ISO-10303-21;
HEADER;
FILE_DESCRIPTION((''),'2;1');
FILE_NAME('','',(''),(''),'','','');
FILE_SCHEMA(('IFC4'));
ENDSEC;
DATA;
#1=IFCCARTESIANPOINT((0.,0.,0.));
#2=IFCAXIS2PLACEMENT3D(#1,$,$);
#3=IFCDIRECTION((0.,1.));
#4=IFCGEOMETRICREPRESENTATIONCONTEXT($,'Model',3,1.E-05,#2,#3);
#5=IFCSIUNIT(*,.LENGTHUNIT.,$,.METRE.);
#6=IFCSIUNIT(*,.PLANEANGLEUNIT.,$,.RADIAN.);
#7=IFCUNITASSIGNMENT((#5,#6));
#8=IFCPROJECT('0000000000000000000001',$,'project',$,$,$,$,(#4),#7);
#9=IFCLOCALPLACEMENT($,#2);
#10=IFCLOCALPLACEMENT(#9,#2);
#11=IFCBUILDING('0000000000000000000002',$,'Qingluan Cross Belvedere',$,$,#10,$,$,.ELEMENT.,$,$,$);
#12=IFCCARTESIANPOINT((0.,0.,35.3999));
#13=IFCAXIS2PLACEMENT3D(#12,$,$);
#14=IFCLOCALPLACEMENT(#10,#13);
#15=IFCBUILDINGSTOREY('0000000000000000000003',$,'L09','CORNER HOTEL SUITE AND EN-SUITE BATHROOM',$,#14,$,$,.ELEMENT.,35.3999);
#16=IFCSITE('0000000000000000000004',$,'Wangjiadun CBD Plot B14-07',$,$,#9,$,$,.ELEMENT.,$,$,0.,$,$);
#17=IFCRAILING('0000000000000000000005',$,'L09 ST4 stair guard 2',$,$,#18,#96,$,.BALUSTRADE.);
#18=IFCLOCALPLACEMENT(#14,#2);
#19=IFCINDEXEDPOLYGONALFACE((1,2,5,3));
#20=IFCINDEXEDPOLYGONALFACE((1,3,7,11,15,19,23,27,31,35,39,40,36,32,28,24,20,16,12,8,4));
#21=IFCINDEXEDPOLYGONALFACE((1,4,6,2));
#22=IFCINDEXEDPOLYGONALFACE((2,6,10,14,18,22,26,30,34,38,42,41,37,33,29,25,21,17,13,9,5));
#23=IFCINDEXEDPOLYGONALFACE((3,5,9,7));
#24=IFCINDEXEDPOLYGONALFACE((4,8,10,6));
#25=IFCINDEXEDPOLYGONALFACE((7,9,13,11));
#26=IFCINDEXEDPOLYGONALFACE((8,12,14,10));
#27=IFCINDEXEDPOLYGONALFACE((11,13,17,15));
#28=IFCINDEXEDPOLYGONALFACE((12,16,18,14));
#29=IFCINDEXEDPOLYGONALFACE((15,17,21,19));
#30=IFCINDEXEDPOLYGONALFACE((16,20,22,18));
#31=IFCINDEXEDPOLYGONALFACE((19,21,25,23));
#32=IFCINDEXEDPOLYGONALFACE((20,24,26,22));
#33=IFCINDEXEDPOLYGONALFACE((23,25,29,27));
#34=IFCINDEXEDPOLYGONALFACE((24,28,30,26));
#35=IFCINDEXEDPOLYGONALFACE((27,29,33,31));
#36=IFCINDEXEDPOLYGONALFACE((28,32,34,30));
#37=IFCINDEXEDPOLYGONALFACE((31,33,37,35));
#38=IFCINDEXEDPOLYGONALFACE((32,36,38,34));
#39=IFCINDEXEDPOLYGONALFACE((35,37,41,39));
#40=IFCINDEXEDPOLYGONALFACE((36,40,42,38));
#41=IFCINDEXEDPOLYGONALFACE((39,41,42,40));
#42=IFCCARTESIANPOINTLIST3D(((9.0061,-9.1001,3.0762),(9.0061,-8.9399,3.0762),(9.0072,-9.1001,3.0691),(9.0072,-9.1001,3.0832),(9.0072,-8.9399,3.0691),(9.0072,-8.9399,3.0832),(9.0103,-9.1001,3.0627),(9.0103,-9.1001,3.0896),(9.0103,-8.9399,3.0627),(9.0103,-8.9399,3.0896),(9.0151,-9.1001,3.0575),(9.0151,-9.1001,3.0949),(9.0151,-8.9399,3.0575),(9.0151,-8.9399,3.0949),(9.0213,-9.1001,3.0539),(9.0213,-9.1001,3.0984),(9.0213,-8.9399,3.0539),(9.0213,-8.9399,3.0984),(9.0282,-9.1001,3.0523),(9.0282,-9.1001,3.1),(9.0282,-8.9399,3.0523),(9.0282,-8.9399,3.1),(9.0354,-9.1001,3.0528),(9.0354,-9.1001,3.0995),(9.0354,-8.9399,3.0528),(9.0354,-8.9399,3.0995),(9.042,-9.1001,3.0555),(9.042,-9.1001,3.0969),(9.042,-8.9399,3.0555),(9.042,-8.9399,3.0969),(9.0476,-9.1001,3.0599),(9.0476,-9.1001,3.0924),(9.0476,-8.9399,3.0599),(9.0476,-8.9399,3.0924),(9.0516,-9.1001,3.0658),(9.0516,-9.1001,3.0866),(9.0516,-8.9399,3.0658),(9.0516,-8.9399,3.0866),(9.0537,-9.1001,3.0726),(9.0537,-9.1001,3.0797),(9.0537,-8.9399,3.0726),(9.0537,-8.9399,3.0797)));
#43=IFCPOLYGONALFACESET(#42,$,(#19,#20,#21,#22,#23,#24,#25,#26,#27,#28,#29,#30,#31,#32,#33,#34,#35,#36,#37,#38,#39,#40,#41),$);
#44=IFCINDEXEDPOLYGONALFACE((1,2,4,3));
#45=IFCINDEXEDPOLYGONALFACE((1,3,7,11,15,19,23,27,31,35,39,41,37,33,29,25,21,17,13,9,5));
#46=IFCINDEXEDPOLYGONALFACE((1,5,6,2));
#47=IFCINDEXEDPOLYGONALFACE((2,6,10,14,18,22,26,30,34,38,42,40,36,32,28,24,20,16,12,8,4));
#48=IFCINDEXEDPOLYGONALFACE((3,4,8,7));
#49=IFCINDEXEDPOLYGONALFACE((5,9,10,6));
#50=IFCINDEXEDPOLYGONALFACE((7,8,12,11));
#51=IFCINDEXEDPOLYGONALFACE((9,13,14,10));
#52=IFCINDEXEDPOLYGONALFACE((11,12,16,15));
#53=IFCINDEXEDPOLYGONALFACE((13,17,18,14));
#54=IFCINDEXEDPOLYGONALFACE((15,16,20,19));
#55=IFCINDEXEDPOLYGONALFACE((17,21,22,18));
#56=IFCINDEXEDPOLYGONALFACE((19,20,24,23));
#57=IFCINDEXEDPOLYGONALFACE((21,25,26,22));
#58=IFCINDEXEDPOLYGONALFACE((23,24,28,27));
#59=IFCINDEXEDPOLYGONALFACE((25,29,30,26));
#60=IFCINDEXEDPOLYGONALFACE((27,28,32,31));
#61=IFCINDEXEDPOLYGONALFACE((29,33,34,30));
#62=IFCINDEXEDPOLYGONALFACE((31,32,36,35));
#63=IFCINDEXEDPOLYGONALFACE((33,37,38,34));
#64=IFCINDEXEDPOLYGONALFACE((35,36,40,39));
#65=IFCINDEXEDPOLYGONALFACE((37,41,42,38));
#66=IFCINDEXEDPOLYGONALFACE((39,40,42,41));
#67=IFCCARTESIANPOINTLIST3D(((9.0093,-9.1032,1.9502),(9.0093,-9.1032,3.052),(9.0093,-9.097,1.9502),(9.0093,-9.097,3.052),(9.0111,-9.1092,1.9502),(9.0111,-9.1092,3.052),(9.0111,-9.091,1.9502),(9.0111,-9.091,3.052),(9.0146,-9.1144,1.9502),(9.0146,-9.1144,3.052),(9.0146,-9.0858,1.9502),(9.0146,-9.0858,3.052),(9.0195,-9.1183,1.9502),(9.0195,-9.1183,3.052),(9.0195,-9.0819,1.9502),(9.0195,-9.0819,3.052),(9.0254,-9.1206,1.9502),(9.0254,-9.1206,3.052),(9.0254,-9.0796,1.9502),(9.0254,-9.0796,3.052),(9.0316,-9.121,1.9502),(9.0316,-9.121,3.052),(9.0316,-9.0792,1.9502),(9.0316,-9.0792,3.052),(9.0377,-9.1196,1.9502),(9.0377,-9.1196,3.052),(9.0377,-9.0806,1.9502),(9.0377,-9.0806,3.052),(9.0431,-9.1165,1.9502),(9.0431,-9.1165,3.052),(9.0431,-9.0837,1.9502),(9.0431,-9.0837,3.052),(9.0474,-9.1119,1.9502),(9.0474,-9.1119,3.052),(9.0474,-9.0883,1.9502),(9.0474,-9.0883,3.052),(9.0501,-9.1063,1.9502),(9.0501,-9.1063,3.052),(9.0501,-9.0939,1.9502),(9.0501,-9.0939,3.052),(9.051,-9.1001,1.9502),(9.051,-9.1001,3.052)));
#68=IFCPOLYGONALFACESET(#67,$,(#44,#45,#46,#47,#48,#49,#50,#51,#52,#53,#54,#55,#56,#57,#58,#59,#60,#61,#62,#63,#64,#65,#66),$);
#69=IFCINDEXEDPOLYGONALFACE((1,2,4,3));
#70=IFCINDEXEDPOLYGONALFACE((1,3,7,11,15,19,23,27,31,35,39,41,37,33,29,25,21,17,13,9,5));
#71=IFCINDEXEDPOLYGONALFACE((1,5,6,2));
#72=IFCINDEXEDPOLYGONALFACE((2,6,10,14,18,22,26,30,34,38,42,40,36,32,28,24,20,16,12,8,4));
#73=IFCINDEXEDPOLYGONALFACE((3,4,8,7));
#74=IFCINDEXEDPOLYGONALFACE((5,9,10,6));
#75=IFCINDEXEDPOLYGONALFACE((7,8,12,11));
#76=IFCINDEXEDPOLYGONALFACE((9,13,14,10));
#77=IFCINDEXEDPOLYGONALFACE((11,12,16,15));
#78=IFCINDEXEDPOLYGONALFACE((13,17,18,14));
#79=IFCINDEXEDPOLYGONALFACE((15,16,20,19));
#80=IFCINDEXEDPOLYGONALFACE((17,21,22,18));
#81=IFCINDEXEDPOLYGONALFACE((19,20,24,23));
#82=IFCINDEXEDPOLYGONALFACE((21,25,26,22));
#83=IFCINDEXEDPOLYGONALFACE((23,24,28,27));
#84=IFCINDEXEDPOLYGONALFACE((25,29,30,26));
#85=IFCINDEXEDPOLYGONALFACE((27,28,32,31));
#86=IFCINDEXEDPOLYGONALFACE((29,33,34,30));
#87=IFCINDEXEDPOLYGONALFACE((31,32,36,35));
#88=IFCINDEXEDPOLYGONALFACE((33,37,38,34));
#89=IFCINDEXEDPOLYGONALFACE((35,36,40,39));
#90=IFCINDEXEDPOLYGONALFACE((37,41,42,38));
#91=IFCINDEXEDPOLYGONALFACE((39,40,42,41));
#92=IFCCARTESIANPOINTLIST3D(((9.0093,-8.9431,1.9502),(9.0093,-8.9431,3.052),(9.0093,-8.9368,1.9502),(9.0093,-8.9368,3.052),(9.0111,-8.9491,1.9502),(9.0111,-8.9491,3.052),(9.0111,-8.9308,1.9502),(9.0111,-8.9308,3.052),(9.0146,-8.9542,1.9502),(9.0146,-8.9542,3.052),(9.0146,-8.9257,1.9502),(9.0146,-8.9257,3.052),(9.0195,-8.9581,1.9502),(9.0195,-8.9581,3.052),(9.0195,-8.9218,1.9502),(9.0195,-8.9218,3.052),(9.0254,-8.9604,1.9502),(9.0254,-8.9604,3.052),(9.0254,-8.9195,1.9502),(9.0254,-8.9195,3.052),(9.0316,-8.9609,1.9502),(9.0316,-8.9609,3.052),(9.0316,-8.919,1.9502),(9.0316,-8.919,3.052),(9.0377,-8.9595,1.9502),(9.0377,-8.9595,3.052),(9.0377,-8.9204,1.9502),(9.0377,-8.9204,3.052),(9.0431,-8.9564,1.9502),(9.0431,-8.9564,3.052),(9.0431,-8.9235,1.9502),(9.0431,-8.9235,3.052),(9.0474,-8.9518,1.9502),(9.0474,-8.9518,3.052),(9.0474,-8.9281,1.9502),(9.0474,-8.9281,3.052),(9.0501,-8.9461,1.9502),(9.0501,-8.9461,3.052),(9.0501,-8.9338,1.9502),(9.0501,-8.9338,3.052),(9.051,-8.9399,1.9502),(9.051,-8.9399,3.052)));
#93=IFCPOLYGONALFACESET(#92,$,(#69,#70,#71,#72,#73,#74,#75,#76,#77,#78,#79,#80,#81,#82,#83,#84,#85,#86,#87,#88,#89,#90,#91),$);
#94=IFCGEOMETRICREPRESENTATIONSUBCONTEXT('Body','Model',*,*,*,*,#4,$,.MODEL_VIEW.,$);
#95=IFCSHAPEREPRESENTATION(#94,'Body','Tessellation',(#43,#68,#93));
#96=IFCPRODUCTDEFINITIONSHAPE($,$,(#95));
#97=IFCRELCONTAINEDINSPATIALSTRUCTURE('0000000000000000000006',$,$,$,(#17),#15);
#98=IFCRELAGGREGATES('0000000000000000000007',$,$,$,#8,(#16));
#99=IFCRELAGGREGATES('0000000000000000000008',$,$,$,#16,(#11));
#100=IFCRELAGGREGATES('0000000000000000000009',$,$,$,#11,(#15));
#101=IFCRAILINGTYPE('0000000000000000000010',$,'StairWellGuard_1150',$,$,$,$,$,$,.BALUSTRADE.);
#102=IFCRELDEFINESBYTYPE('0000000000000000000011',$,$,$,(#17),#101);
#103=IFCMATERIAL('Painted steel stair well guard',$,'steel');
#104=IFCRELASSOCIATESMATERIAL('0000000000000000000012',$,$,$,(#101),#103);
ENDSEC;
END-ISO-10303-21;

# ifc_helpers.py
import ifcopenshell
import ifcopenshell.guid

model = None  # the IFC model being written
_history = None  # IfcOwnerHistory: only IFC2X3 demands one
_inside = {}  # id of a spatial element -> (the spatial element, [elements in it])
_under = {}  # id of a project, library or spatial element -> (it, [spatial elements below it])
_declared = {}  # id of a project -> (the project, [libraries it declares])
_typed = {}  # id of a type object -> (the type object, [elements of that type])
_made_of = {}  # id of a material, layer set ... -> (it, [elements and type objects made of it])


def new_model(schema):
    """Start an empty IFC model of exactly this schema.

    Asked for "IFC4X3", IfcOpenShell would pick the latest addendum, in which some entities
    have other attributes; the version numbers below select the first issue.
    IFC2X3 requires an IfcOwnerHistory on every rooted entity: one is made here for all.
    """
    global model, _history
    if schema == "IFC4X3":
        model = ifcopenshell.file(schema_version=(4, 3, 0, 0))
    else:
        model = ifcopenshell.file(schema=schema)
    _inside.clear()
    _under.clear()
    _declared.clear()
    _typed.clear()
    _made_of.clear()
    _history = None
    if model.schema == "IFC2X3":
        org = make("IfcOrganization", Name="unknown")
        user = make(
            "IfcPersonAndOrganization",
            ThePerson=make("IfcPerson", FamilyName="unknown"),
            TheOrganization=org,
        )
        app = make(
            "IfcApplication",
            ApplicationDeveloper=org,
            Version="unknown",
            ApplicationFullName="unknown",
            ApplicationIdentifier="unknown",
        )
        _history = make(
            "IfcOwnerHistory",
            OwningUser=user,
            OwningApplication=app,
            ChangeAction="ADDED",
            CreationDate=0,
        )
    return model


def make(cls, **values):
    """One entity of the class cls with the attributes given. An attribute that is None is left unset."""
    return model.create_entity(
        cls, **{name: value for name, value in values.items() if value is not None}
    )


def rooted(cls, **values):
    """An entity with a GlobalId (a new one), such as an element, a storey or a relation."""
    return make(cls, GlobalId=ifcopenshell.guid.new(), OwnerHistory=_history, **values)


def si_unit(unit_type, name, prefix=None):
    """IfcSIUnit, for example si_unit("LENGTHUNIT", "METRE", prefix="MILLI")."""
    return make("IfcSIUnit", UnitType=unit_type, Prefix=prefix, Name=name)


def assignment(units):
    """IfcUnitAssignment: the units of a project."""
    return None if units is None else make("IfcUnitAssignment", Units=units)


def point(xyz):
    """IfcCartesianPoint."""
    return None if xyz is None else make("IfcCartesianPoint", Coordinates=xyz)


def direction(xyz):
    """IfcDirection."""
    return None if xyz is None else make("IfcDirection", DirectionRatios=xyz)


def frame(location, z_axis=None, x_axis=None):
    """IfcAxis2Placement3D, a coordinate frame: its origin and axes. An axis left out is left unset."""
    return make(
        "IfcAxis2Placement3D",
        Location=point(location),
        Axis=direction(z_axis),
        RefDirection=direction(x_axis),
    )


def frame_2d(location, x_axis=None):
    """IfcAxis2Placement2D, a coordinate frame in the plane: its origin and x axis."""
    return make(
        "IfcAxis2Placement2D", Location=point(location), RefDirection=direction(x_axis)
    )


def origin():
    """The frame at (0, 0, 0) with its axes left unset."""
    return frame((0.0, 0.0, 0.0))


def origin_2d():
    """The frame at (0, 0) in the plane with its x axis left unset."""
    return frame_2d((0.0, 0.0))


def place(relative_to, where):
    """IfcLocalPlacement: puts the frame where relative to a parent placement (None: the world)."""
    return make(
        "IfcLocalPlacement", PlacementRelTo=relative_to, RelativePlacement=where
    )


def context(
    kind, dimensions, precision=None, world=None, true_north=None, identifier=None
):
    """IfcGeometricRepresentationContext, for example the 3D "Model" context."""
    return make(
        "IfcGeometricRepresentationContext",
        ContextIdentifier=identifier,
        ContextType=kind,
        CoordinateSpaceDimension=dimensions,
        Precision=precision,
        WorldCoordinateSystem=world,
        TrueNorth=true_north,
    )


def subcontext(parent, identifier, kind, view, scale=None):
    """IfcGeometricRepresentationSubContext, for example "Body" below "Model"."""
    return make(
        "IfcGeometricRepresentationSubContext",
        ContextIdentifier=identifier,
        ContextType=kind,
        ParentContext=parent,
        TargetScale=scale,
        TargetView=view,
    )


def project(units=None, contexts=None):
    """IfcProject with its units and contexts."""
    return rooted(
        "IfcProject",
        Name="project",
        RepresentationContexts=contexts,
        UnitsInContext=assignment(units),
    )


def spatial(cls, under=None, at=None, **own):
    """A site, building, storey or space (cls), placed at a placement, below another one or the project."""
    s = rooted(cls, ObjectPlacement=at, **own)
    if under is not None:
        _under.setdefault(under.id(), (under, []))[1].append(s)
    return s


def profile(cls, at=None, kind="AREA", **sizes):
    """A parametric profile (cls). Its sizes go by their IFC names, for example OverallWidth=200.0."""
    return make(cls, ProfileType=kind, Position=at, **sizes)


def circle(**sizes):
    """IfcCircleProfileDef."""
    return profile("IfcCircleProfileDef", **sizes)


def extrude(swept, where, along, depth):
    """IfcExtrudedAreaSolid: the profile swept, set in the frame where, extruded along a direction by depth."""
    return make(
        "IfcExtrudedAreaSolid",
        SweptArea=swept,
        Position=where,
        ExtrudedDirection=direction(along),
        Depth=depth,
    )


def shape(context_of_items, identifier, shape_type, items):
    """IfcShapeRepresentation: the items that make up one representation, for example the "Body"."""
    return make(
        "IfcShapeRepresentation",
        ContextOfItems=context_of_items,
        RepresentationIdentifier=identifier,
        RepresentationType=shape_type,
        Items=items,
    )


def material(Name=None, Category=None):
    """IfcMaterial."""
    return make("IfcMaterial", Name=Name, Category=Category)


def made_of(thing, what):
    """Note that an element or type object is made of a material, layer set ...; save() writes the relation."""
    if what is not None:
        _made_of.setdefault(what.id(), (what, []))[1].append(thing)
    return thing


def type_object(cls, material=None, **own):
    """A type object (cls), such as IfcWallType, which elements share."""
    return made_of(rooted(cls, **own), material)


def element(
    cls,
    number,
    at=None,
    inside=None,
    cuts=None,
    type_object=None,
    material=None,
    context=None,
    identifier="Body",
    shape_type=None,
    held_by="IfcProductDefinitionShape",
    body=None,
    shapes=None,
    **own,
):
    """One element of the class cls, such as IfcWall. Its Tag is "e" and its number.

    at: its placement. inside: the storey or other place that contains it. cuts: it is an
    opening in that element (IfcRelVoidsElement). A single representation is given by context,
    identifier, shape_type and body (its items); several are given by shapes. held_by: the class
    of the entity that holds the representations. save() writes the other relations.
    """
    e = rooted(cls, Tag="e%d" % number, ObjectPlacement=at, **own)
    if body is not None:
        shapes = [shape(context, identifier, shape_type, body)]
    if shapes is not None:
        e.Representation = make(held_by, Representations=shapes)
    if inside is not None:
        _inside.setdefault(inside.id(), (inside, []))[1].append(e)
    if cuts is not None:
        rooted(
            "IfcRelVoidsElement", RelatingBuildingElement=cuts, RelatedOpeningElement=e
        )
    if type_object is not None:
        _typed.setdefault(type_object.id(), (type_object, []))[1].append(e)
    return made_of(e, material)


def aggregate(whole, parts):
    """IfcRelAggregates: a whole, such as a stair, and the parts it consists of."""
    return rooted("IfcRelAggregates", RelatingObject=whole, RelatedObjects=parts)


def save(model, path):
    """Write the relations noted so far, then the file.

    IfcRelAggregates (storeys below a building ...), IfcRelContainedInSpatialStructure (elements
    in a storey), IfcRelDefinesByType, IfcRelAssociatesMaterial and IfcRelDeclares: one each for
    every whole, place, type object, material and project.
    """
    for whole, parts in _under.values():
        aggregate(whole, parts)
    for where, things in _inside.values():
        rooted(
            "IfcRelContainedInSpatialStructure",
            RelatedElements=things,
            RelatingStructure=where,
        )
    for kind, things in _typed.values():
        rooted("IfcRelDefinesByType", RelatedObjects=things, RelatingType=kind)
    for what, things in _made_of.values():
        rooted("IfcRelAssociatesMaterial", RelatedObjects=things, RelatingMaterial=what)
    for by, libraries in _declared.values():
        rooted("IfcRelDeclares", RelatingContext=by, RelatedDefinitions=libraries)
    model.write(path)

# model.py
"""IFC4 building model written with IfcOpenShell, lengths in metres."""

from ifc_helpers import new_model, si_unit, direction, frame, origin, origin_2d, place, context, subcontext, project, spatial, circle, extrude, material, type_object, element, save


model = new_model("IFC4")

# Units and contexts
model_context = context("Model", 3, precision=1e-05, world=origin(), true_north=direction((0.0, 1.0)))
body_context = subcontext(model_context, "Body", "Model", "MODEL_VIEW")
ifc_project = project(units=[si_unit("LENGTHUNIT", "METRE"), si_unit("PLANEANGLEUNIT", "RADIAN")], contexts=[model_context])

# Site, building, storey
site_placement = place(None, origin())
site = spatial("IfcSite", under=ifc_project, at=site_placement, Name="Wangjiadun CBD Plot B14-07", CompositionType="ELEMENT", RefElevation=0.0)
building_placement = place(site_placement, origin())
building = spatial("IfcBuilding", under=site, at=building_placement, Name="Qingluan Cross Belvedere", CompositionType="ELEMENT")
storey_placement = place(building_placement, frame((0.0, 0.0, 35.3999)))
storey = spatial("IfcBuildingStorey", under=building, at=storey_placement, Name="L09", Description="CORNER HOTEL SUITE AND EN-SUITE BATHROOM", CompositionType="ELEMENT", Elevation=35.3999)

# Railing
ifc_material_1 = material(Name="Painted steel stair well guard", Category="steel")
railing_type_1 = type_object("IfcRailingType", Name="StairWellGuard_1150", PredefinedType="BALUSTRADE", material=ifc_material_1)
railing_1_placement = place(storey_placement, frame((9.03, -9.1001, 1.9502)))
element("IfcRailing", 1, at=railing_1_placement, inside=storey, type_object=railing_type_1, Name="L09 ST4 stair guard 2", PredefinedType="BALUSTRADE", context=body_context, shape_type="SweptSolid", body=[
    extrude(circle(Radius=0.0239, at=origin_2d()), frame((0.0, 0.0, 1.126), z_axis=(0.0, 1.0, 0.0), x_axis=(-1.0, 0.0, 0.0)), (0.0, 0.0, 1.0), 0.1602),
    extrude(circle(Radius=0.021, at=origin_2d()), origin(), (0.0, 0.0, 1.0), 1.1018),
    extrude(circle(Radius=0.021, at=origin_2d()), frame((0.0, 0.1602, 0.0)), (0.0, 0.0, 1.0), 1.1018),
])

save(model, "model.ifc")
